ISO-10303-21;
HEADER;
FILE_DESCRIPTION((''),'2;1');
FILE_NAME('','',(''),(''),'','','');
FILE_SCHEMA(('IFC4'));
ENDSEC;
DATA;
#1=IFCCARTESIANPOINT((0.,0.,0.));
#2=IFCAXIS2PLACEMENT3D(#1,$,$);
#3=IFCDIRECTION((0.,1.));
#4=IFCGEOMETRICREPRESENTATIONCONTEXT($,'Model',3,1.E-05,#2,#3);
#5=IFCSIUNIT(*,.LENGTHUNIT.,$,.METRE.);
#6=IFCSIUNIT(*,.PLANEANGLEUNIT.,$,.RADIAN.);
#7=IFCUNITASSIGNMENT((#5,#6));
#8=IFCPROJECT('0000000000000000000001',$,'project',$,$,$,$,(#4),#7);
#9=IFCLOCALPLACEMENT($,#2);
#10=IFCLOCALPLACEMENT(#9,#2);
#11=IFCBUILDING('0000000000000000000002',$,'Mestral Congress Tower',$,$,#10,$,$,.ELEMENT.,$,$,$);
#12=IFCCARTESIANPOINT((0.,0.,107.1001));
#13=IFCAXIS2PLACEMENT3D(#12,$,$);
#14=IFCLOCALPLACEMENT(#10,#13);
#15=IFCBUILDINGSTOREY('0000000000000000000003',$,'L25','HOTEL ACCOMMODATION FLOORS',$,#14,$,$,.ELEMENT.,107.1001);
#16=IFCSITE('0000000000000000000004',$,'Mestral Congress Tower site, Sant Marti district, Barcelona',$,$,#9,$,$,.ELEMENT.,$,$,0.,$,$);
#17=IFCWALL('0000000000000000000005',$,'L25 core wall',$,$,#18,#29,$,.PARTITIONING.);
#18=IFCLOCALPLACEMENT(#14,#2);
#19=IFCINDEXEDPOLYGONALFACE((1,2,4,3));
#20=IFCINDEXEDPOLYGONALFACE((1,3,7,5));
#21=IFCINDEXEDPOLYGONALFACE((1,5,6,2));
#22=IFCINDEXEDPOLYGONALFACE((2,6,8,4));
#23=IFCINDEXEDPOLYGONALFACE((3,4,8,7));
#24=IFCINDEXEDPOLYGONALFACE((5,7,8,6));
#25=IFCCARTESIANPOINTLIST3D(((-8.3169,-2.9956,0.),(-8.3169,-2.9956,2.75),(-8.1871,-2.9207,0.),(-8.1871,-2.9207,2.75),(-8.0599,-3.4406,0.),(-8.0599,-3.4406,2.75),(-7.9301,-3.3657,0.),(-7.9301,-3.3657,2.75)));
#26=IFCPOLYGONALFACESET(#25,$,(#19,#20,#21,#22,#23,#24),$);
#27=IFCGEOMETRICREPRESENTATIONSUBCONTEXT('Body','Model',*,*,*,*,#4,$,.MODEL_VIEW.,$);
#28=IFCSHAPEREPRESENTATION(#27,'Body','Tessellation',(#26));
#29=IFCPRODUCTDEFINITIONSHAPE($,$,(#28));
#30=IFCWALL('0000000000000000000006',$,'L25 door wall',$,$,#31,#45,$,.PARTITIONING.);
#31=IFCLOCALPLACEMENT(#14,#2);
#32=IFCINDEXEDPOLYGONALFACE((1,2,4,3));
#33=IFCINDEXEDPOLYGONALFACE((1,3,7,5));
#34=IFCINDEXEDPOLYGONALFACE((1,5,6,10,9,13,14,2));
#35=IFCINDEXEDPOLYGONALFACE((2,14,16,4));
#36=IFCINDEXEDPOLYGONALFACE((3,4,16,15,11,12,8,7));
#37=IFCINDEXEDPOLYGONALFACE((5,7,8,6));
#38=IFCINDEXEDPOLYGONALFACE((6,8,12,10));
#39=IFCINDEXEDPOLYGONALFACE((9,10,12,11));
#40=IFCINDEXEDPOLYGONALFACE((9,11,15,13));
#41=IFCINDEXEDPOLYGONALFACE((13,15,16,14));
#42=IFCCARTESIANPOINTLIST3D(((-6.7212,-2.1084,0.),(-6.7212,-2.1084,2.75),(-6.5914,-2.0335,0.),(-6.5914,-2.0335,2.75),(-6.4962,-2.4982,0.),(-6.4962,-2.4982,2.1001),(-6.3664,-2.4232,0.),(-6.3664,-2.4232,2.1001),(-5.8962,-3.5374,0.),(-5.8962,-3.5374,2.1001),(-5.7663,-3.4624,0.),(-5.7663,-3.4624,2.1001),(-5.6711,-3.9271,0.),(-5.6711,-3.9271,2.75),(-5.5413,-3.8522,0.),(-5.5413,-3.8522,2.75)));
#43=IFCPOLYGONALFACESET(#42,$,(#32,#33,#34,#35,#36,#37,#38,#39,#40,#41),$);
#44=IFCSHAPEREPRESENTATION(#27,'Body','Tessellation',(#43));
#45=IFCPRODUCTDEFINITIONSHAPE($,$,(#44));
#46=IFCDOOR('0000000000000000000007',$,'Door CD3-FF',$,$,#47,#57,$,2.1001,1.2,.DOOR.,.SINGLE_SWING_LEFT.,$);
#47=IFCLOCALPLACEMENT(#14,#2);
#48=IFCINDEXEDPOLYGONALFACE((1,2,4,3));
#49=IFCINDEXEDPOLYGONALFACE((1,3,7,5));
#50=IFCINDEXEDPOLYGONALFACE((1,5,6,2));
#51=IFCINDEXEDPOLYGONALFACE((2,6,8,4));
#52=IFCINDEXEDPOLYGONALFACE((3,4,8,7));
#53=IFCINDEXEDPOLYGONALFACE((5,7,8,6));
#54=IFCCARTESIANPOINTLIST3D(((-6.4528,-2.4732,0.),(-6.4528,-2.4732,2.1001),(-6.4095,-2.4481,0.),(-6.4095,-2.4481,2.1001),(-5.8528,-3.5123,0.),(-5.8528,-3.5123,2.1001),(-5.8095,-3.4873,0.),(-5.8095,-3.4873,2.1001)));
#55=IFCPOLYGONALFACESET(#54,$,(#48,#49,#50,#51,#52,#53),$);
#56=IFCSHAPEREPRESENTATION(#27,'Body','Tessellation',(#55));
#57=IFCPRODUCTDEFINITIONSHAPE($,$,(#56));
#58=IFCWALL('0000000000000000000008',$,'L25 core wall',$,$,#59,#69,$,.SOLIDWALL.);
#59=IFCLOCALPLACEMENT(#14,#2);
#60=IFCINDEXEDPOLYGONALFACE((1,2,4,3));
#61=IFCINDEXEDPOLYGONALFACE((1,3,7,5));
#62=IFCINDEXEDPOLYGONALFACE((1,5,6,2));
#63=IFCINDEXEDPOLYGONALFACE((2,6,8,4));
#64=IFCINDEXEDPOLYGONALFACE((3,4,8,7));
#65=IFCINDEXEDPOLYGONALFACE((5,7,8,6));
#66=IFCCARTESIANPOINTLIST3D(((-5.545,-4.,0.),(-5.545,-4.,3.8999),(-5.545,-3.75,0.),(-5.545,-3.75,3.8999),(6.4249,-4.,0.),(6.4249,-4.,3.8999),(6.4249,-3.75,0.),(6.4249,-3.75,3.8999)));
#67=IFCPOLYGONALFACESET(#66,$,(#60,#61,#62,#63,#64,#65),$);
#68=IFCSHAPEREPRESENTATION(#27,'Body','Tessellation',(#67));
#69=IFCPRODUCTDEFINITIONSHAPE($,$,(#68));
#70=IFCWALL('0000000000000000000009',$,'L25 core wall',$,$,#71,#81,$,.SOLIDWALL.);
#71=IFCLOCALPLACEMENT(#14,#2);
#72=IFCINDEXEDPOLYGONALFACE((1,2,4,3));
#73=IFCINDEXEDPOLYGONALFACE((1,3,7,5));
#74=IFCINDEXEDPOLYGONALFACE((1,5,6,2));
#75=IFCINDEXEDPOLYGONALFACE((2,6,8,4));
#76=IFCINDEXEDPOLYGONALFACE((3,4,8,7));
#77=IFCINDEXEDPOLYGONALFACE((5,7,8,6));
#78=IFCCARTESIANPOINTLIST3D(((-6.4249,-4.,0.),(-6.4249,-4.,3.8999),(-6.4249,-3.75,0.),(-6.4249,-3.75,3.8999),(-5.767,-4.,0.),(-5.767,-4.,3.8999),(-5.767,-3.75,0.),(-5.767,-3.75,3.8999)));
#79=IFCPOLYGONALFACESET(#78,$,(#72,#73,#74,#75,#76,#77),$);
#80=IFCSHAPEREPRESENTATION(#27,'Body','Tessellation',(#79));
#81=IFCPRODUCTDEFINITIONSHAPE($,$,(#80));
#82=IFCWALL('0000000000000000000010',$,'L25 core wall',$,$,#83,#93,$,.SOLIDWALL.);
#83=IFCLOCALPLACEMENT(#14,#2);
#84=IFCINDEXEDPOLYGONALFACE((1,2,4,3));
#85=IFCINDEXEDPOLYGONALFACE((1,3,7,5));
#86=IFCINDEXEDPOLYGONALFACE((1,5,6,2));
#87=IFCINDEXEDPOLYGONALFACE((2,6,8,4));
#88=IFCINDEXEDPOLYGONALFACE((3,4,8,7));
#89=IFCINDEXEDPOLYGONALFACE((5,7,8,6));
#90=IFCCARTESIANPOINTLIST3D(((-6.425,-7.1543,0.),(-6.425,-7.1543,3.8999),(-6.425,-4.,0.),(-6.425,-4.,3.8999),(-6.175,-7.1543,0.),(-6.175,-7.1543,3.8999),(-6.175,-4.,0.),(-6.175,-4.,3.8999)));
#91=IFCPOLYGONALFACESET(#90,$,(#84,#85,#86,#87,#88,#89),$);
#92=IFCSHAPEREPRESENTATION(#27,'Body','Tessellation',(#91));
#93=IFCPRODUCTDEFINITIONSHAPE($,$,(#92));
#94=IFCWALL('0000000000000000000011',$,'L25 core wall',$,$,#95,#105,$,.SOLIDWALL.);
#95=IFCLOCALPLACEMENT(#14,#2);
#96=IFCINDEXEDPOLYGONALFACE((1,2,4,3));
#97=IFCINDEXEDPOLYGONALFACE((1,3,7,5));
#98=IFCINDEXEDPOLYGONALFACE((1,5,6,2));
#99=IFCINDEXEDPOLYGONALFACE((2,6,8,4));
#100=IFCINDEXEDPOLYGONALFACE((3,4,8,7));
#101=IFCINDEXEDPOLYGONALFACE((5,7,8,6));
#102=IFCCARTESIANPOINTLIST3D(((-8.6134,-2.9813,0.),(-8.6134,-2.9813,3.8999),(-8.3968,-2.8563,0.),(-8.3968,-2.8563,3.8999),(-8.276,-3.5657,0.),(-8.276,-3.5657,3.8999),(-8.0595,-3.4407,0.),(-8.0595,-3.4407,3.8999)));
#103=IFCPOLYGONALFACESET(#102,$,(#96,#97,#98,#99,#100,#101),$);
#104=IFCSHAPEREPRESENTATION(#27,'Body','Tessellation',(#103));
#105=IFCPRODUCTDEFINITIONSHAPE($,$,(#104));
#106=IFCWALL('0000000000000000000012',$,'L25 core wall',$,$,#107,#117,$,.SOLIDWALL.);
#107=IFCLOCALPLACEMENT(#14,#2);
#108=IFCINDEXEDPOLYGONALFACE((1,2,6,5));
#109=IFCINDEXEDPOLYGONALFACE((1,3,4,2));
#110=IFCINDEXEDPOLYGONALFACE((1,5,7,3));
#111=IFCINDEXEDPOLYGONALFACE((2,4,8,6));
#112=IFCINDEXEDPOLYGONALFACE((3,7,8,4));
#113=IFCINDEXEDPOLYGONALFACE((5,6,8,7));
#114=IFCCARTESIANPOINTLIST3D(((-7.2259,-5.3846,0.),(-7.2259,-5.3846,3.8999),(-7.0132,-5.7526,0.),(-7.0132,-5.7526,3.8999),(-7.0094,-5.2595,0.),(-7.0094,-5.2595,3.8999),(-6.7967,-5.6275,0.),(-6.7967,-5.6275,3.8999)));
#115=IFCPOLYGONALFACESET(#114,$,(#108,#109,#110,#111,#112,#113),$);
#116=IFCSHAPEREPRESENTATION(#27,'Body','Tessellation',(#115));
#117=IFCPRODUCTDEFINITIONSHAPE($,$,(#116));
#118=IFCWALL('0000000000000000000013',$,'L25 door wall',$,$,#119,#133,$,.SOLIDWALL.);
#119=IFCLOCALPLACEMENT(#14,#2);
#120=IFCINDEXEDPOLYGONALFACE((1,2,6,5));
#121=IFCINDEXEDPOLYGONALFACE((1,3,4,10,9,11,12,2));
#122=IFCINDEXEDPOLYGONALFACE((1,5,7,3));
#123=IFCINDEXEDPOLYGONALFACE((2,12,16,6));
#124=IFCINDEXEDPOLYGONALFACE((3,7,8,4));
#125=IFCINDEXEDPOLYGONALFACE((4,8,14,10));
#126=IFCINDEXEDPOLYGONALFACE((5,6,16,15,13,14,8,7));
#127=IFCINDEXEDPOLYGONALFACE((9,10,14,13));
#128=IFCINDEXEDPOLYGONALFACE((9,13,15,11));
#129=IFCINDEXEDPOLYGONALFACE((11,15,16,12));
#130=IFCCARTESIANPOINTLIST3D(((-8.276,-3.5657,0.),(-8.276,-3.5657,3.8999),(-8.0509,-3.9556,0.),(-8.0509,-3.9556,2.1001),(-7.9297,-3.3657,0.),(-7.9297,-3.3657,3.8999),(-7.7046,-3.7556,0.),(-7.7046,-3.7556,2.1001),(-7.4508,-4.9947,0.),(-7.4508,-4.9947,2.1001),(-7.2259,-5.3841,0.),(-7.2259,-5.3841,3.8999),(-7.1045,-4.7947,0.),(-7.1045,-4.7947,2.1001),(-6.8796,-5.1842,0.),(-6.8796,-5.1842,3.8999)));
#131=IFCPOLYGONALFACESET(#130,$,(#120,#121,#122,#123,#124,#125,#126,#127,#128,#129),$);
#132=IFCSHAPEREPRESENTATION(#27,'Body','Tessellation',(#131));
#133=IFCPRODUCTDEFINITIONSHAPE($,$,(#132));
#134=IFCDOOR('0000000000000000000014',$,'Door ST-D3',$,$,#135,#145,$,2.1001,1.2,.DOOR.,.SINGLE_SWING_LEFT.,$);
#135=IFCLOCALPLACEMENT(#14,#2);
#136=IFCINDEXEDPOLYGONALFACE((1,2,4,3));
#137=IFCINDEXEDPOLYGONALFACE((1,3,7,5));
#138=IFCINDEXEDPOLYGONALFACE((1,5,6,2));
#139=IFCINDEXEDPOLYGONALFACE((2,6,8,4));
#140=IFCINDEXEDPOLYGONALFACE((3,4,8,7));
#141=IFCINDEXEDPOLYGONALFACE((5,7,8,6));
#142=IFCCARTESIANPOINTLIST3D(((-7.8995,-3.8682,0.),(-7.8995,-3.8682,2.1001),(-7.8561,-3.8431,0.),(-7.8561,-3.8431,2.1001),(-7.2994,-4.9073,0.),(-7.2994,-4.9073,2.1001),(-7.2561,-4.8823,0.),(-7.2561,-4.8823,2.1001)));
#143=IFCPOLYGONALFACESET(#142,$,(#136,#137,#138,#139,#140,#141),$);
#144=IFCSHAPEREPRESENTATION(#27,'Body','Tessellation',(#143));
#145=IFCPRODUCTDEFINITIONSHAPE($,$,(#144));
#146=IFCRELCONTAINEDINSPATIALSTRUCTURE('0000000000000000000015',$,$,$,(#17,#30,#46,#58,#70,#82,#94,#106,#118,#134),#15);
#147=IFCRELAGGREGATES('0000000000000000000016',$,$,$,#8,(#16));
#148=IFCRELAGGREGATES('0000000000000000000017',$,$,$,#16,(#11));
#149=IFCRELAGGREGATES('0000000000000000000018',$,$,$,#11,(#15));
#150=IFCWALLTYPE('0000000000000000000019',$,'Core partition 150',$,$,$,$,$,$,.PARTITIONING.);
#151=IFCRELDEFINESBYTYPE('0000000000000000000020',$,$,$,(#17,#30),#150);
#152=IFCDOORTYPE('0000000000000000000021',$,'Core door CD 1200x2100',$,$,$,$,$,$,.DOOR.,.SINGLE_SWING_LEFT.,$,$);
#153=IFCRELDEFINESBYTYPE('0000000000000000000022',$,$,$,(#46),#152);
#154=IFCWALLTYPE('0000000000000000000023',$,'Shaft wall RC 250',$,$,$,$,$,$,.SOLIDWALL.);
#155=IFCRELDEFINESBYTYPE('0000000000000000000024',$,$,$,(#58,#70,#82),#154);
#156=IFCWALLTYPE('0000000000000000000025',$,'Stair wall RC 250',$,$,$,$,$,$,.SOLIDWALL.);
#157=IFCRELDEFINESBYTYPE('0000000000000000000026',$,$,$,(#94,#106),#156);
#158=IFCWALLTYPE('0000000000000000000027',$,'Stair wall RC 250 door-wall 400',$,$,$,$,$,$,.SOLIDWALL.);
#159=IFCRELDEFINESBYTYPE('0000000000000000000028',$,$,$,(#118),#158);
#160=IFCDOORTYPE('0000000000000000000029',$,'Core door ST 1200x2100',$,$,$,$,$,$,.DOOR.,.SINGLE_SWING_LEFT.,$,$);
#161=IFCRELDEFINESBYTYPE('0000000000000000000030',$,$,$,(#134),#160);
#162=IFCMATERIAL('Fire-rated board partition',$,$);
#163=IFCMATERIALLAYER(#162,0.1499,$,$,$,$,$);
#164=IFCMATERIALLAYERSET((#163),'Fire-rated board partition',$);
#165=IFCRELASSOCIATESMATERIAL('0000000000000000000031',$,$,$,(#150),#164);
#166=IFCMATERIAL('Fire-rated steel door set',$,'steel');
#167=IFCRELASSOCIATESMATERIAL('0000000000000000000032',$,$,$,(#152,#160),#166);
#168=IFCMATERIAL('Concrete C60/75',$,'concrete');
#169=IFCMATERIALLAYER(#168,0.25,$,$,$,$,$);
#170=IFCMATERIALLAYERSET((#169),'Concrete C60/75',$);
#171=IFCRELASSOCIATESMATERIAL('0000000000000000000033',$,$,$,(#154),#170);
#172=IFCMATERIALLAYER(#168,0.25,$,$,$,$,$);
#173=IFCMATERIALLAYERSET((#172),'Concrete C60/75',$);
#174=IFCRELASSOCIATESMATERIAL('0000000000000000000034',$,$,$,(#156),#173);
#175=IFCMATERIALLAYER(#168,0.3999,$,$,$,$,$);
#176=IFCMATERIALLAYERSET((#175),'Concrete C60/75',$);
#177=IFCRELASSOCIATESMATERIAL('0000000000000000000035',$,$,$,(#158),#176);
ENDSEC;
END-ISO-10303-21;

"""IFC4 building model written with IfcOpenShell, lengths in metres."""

from ifc_helpers import new_model, si_unit, direction, frame, frame_2d, origin, place, context, subcontext, project, spatial, rectangle, extrude, material, layer, layer_set, type_object, element, fill, save


model = new_model("IFC4")

# Units and contexts
model_context = context("Model", 3, precision=1e-05, world=origin(), true_north=direction((0.0, 1.0)))
body_context = subcontext(model_context, "Body", "Model", "MODEL_VIEW")
ifc_project = project(units=[si_unit("LENGTHUNIT", "METRE"), si_unit("PLANEANGLEUNIT", "RADIAN")], contexts=[model_context])

# Site, building, storey
site_placement = place(None, origin())
site = spatial("IfcSite", under=ifc_project, at=site_placement, Name="Mestral Congress Tower site, Sant Marti district, Barcelona", CompositionType="ELEMENT", RefElevation=0.0)
building_placement = place(site_placement, origin())
building = spatial("IfcBuilding", under=site, at=building_placement, Name="Mestral Congress Tower", CompositionType="ELEMENT")
storey_placement = place(building_placement, frame((0.0, 0.0, 107.1001)))
storey = spatial("IfcBuildingStorey", under=building, at=storey_placement, Name="L25", Description="HOTEL ACCOMMODATION FLOORS", CompositionType="ELEMENT", Elevation=107.1001)

# Wall
ifc_material_1 = material(Name="Fire-rated board partition")
ifc_layer_1 = layer(ifc_material_1, 0.1499)
ifc_layer_set_1 = layer_set([ifc_layer_1], Name="Fire-rated board partition")
wall_type_1 = type_object("IfcWallType", Name="Core partition 150", PredefinedType="PARTITIONING", material=ifc_layer_set_1)
wall_1_placement = place(storey_placement, frame((-8.252, -2.9583, 0.0), z_axis=(0.0, 0.0, 1.0), x_axis=(0.500175, -0.865925, 0.0)))
element("IfcWall", 1, at=wall_1_placement, inside=storey, type_object=wall_type_1, Name="L25 core wall", PredefinedType="PARTITIONING", context=body_context, shape_type="SweptSolid", body=[
    extrude(rectangle(XDim=0.5139, YDim=0.1499, at=frame_2d((0.2568, 0.0))), origin(), (0.0, 0.0, 1.0), 2.75),
])

# Wall, opening, door
wall_2_placement = place(storey_placement, frame((-5.6062, -3.8896, 0.0), z_axis=(0.0, 0.0, 1.0), x_axis=(-0.500028, 0.866009, 0.0)))
wall_2 = element("IfcWall", 2, at=wall_2_placement, inside=storey, type_object=wall_type_1, Name="L25 door wall", PredefinedType="PARTITIONING", context=body_context, shape_type="SweptSolid", body=[
    extrude(rectangle(XDim=2.1001, YDim=0.1499, at=frame_2d((1.05, 0.0))), origin(), (0.0, 0.0, 1.0), 2.75),
])
opening_1_placement = place(wall_2_placement, frame((0.45, 0.0, 0.0)))
opening_1 = element("IfcOpeningElement", 3, at=opening_1_placement, cuts=wall_2, PredefinedType="OPENING", context=body_context, shape_type="SweptSolid", body=[
    extrude(rectangle(XDim=1.2, YDim=2.1001, at=frame_2d((0.6001, 1.05))), frame((0.0, 0.085, 0.0), z_axis=(0.0, -1.0, 0.0), x_axis=(1.0, 0.0, 0.0)), (0.0, 0.0, 1.0), 0.1699),
])
ifc_material_2 = material(Name="Fire-rated steel door set", Category="steel")
door_type_1 = type_object("IfcDoorType", Name="Core door CD 1200x2100", OperationType="SINGLE_SWING_LEFT", PredefinedType="DOOR", material=ifc_material_2)
door_1_placement = place(opening_1_placement, origin())
door_1 = element("IfcDoor", 4, at=door_1_placement, inside=storey, type_object=door_type_1, Name="Door CD3-FF", OperationType="SINGLE_SWING_LEFT", OverallHeight=2.1001, OverallWidth=1.2, PredefinedType="DOOR", context=body_context, shape_type="SweptSolid", body=[
    extrude(rectangle(XDim=1.2, YDim=2.1001, at=frame_2d((0.6001, 1.05))), frame((0.0, 0.0249, 0.0), z_axis=(0.0, -1.0, 0.0), x_axis=(1.0, 0.0, 0.0)), (0.0, 0.0, 1.0), 0.05),
])
fill(opening_1, door_1)

# Walls
ifc_material_3 = material(Name="Concrete C60/75", Category="concrete")
ifc_layer_2 = layer(ifc_material_3, 0.25)
ifc_layer_set_2 = layer_set([ifc_layer_2], Name="Concrete C60/75")
wall_type_2 = type_object("IfcWallType", Name="Shaft wall RC 250", PredefinedType="SOLIDWALL", material=ifc_layer_set_2)
wall_3_placement = place(storey_placement, frame((-5.5449, -3.875, 0.0), z_axis=(0.0, 0.0, 1.0), x_axis=(1.0, 0.0, 0.0)))
element("IfcWall", 5, at=wall_3_placement, inside=storey, type_object=wall_type_2, Name="L25 core wall", PredefinedType="SOLIDWALL", context=body_context, shape_type="SweptSolid", body=[
    extrude(rectangle(XDim=11.97, YDim=0.25, at=frame_2d((5.9849, 0.0))), origin(), (0.0, 0.0, 1.0), 3.8999),
])
wall_4_placement = place(storey_placement, frame((-6.425, -3.875, 0.0), z_axis=(0.0, 0.0, 1.0), x_axis=(1.0, 0.0, 0.0)))
element("IfcWall", 6, at=wall_4_placement, inside=storey, type_object=wall_type_2, Name="L25 core wall", PredefinedType="SOLIDWALL", context=body_context, shape_type="SweptSolid", body=[
    extrude(rectangle(XDim=0.658, YDim=0.25, at=frame_2d((0.3291, 0.0))), origin(), (0.0, 0.0, 1.0), 3.8999),
])
wall_5_placement = place(storey_placement, frame((-6.3, -4.0, 0.0), z_axis=(0.0, 0.0, 1.0), x_axis=(0.0, -1.0, 0.0)))
element("IfcWall", 7, at=wall_5_placement, inside=storey, type_object=wall_type_2, Name="L25 core wall", PredefinedType="SOLIDWALL", context=body_context, shape_type="SweptSolid", body=[
    extrude(rectangle(XDim=3.1543, YDim=0.25, at=frame_2d((1.5771, 0.0))), origin(), (0.0, 0.0, 1.0), 3.8999),
])
ifc_layer_3 = layer(ifc_material_3, 0.25)
ifc_layer_set_3 = layer_set([ifc_layer_3], Name="Concrete C60/75")
wall_type_3 = type_object("IfcWallType", Name="Stair wall RC 250", PredefinedType="SOLIDWALL", material=ifc_layer_set_3)
wall_6_placement = place(storey_placement, frame((-8.1677, -3.5032, 0.0), z_axis=(0.0, 0.0, 1.0), x_axis=(-0.499952, 0.866053, 0.0)))
element("IfcWall", 8, at=wall_6_placement, inside=storey, type_object=wall_type_3, Name="L25 core wall", PredefinedType="SOLIDWALL", context=body_context, shape_type="SweptSolid", body=[
    extrude(rectangle(XDim=0.6748, YDim=0.25, at=frame_2d((0.3374, 0.0))), origin(), (0.0, 0.0, 1.0), 3.8999),
])
wall_7_placement = place(storey_placement, frame((-6.905, -5.6899, 0.0), z_axis=(0.0, 0.0, 1.0), x_axis=(-0.500402, 0.865793, 0.0)))
element("IfcWall", 9, at=wall_7_placement, inside=storey, type_object=wall_type_3, Name="L25 core wall", PredefinedType="SOLIDWALL", context=body_context, shape_type="SweptSolid", body=[
    extrude(rectangle(XDim=0.425, YDim=0.25, at=frame_2d((0.2124, 0.0))), origin(), (0.0, 0.0, 1.0), 3.8999),
])

# Wall, opening, door
ifc_layer_4 = layer(ifc_material_3, 0.3999)
ifc_layer_set_4 = layer_set([ifc_layer_4], Name="Concrete C60/75")
wall_type_4 = type_object("IfcWallType", Name="Stair wall RC 250 door-wall 400", PredefinedType="SOLIDWALL", material=ifc_layer_set_4)
wall_8_placement = place(storey_placement, frame((-8.1028, -3.4658, 0.0), z_axis=(0.0, 0.0, 1.0), x_axis=(0.500078, -0.86598, 0.0)))
wall_8 = element("IfcWall", 10, at=wall_8_placement, inside=storey, type_object=wall_type_4, Name="L25 door wall", PredefinedType="SOLIDWALL", context=body_context, shape_type="SweptSolid", body=[
    extrude(rectangle(XDim=2.0999, YDim=0.3999, at=frame_2d((1.0498, 0.0))), origin(), (0.0, 0.0, 1.0), 3.8999),
])
opening_2_placement = place(wall_8_placement, frame((0.45, 0.0, 0.0)))
opening_2 = element("IfcOpeningElement", 11, at=opening_2_placement, cuts=wall_8, PredefinedType="OPENING", context=body_context, shape_type="SweptSolid", body=[
    extrude(rectangle(XDim=1.2, YDim=2.1001, at=frame_2d((0.6001, 1.05))), frame((0.0, 0.21, 0.0), z_axis=(0.0, -1.0, 0.0), x_axis=(1.0, 0.0, 0.0)), (0.0, 0.0, 1.0), 0.4199),
])
door_type_2 = type_object("IfcDoorType", Name="Core door ST 1200x2100", OperationType="SINGLE_SWING_LEFT", PredefinedType="DOOR", material=ifc_material_2)
door_2_placement = place(opening_2_placement, origin())
door_2 = element("IfcDoor", 12, at=door_2_placement, inside=storey, type_object=door_type_2, Name="Door ST-D3", OperationType="SINGLE_SWING_LEFT", OverallHeight=2.1001, OverallWidth=1.2, PredefinedType="DOOR", context=body_context, shape_type="SweptSolid", body=[
    extrude(rectangle(XDim=1.2, YDim=2.1001, at=frame_2d((0.6001, 1.05))), frame((0.0, 0.0249, 0.0), z_axis=(0.0, -1.0, 0.0), x_axis=(1.0, 0.0, 0.0)), (0.0, 0.0, 1.0), 0.05),
])
fill(opening_2, door_2)

save(model, "model.ifc")
